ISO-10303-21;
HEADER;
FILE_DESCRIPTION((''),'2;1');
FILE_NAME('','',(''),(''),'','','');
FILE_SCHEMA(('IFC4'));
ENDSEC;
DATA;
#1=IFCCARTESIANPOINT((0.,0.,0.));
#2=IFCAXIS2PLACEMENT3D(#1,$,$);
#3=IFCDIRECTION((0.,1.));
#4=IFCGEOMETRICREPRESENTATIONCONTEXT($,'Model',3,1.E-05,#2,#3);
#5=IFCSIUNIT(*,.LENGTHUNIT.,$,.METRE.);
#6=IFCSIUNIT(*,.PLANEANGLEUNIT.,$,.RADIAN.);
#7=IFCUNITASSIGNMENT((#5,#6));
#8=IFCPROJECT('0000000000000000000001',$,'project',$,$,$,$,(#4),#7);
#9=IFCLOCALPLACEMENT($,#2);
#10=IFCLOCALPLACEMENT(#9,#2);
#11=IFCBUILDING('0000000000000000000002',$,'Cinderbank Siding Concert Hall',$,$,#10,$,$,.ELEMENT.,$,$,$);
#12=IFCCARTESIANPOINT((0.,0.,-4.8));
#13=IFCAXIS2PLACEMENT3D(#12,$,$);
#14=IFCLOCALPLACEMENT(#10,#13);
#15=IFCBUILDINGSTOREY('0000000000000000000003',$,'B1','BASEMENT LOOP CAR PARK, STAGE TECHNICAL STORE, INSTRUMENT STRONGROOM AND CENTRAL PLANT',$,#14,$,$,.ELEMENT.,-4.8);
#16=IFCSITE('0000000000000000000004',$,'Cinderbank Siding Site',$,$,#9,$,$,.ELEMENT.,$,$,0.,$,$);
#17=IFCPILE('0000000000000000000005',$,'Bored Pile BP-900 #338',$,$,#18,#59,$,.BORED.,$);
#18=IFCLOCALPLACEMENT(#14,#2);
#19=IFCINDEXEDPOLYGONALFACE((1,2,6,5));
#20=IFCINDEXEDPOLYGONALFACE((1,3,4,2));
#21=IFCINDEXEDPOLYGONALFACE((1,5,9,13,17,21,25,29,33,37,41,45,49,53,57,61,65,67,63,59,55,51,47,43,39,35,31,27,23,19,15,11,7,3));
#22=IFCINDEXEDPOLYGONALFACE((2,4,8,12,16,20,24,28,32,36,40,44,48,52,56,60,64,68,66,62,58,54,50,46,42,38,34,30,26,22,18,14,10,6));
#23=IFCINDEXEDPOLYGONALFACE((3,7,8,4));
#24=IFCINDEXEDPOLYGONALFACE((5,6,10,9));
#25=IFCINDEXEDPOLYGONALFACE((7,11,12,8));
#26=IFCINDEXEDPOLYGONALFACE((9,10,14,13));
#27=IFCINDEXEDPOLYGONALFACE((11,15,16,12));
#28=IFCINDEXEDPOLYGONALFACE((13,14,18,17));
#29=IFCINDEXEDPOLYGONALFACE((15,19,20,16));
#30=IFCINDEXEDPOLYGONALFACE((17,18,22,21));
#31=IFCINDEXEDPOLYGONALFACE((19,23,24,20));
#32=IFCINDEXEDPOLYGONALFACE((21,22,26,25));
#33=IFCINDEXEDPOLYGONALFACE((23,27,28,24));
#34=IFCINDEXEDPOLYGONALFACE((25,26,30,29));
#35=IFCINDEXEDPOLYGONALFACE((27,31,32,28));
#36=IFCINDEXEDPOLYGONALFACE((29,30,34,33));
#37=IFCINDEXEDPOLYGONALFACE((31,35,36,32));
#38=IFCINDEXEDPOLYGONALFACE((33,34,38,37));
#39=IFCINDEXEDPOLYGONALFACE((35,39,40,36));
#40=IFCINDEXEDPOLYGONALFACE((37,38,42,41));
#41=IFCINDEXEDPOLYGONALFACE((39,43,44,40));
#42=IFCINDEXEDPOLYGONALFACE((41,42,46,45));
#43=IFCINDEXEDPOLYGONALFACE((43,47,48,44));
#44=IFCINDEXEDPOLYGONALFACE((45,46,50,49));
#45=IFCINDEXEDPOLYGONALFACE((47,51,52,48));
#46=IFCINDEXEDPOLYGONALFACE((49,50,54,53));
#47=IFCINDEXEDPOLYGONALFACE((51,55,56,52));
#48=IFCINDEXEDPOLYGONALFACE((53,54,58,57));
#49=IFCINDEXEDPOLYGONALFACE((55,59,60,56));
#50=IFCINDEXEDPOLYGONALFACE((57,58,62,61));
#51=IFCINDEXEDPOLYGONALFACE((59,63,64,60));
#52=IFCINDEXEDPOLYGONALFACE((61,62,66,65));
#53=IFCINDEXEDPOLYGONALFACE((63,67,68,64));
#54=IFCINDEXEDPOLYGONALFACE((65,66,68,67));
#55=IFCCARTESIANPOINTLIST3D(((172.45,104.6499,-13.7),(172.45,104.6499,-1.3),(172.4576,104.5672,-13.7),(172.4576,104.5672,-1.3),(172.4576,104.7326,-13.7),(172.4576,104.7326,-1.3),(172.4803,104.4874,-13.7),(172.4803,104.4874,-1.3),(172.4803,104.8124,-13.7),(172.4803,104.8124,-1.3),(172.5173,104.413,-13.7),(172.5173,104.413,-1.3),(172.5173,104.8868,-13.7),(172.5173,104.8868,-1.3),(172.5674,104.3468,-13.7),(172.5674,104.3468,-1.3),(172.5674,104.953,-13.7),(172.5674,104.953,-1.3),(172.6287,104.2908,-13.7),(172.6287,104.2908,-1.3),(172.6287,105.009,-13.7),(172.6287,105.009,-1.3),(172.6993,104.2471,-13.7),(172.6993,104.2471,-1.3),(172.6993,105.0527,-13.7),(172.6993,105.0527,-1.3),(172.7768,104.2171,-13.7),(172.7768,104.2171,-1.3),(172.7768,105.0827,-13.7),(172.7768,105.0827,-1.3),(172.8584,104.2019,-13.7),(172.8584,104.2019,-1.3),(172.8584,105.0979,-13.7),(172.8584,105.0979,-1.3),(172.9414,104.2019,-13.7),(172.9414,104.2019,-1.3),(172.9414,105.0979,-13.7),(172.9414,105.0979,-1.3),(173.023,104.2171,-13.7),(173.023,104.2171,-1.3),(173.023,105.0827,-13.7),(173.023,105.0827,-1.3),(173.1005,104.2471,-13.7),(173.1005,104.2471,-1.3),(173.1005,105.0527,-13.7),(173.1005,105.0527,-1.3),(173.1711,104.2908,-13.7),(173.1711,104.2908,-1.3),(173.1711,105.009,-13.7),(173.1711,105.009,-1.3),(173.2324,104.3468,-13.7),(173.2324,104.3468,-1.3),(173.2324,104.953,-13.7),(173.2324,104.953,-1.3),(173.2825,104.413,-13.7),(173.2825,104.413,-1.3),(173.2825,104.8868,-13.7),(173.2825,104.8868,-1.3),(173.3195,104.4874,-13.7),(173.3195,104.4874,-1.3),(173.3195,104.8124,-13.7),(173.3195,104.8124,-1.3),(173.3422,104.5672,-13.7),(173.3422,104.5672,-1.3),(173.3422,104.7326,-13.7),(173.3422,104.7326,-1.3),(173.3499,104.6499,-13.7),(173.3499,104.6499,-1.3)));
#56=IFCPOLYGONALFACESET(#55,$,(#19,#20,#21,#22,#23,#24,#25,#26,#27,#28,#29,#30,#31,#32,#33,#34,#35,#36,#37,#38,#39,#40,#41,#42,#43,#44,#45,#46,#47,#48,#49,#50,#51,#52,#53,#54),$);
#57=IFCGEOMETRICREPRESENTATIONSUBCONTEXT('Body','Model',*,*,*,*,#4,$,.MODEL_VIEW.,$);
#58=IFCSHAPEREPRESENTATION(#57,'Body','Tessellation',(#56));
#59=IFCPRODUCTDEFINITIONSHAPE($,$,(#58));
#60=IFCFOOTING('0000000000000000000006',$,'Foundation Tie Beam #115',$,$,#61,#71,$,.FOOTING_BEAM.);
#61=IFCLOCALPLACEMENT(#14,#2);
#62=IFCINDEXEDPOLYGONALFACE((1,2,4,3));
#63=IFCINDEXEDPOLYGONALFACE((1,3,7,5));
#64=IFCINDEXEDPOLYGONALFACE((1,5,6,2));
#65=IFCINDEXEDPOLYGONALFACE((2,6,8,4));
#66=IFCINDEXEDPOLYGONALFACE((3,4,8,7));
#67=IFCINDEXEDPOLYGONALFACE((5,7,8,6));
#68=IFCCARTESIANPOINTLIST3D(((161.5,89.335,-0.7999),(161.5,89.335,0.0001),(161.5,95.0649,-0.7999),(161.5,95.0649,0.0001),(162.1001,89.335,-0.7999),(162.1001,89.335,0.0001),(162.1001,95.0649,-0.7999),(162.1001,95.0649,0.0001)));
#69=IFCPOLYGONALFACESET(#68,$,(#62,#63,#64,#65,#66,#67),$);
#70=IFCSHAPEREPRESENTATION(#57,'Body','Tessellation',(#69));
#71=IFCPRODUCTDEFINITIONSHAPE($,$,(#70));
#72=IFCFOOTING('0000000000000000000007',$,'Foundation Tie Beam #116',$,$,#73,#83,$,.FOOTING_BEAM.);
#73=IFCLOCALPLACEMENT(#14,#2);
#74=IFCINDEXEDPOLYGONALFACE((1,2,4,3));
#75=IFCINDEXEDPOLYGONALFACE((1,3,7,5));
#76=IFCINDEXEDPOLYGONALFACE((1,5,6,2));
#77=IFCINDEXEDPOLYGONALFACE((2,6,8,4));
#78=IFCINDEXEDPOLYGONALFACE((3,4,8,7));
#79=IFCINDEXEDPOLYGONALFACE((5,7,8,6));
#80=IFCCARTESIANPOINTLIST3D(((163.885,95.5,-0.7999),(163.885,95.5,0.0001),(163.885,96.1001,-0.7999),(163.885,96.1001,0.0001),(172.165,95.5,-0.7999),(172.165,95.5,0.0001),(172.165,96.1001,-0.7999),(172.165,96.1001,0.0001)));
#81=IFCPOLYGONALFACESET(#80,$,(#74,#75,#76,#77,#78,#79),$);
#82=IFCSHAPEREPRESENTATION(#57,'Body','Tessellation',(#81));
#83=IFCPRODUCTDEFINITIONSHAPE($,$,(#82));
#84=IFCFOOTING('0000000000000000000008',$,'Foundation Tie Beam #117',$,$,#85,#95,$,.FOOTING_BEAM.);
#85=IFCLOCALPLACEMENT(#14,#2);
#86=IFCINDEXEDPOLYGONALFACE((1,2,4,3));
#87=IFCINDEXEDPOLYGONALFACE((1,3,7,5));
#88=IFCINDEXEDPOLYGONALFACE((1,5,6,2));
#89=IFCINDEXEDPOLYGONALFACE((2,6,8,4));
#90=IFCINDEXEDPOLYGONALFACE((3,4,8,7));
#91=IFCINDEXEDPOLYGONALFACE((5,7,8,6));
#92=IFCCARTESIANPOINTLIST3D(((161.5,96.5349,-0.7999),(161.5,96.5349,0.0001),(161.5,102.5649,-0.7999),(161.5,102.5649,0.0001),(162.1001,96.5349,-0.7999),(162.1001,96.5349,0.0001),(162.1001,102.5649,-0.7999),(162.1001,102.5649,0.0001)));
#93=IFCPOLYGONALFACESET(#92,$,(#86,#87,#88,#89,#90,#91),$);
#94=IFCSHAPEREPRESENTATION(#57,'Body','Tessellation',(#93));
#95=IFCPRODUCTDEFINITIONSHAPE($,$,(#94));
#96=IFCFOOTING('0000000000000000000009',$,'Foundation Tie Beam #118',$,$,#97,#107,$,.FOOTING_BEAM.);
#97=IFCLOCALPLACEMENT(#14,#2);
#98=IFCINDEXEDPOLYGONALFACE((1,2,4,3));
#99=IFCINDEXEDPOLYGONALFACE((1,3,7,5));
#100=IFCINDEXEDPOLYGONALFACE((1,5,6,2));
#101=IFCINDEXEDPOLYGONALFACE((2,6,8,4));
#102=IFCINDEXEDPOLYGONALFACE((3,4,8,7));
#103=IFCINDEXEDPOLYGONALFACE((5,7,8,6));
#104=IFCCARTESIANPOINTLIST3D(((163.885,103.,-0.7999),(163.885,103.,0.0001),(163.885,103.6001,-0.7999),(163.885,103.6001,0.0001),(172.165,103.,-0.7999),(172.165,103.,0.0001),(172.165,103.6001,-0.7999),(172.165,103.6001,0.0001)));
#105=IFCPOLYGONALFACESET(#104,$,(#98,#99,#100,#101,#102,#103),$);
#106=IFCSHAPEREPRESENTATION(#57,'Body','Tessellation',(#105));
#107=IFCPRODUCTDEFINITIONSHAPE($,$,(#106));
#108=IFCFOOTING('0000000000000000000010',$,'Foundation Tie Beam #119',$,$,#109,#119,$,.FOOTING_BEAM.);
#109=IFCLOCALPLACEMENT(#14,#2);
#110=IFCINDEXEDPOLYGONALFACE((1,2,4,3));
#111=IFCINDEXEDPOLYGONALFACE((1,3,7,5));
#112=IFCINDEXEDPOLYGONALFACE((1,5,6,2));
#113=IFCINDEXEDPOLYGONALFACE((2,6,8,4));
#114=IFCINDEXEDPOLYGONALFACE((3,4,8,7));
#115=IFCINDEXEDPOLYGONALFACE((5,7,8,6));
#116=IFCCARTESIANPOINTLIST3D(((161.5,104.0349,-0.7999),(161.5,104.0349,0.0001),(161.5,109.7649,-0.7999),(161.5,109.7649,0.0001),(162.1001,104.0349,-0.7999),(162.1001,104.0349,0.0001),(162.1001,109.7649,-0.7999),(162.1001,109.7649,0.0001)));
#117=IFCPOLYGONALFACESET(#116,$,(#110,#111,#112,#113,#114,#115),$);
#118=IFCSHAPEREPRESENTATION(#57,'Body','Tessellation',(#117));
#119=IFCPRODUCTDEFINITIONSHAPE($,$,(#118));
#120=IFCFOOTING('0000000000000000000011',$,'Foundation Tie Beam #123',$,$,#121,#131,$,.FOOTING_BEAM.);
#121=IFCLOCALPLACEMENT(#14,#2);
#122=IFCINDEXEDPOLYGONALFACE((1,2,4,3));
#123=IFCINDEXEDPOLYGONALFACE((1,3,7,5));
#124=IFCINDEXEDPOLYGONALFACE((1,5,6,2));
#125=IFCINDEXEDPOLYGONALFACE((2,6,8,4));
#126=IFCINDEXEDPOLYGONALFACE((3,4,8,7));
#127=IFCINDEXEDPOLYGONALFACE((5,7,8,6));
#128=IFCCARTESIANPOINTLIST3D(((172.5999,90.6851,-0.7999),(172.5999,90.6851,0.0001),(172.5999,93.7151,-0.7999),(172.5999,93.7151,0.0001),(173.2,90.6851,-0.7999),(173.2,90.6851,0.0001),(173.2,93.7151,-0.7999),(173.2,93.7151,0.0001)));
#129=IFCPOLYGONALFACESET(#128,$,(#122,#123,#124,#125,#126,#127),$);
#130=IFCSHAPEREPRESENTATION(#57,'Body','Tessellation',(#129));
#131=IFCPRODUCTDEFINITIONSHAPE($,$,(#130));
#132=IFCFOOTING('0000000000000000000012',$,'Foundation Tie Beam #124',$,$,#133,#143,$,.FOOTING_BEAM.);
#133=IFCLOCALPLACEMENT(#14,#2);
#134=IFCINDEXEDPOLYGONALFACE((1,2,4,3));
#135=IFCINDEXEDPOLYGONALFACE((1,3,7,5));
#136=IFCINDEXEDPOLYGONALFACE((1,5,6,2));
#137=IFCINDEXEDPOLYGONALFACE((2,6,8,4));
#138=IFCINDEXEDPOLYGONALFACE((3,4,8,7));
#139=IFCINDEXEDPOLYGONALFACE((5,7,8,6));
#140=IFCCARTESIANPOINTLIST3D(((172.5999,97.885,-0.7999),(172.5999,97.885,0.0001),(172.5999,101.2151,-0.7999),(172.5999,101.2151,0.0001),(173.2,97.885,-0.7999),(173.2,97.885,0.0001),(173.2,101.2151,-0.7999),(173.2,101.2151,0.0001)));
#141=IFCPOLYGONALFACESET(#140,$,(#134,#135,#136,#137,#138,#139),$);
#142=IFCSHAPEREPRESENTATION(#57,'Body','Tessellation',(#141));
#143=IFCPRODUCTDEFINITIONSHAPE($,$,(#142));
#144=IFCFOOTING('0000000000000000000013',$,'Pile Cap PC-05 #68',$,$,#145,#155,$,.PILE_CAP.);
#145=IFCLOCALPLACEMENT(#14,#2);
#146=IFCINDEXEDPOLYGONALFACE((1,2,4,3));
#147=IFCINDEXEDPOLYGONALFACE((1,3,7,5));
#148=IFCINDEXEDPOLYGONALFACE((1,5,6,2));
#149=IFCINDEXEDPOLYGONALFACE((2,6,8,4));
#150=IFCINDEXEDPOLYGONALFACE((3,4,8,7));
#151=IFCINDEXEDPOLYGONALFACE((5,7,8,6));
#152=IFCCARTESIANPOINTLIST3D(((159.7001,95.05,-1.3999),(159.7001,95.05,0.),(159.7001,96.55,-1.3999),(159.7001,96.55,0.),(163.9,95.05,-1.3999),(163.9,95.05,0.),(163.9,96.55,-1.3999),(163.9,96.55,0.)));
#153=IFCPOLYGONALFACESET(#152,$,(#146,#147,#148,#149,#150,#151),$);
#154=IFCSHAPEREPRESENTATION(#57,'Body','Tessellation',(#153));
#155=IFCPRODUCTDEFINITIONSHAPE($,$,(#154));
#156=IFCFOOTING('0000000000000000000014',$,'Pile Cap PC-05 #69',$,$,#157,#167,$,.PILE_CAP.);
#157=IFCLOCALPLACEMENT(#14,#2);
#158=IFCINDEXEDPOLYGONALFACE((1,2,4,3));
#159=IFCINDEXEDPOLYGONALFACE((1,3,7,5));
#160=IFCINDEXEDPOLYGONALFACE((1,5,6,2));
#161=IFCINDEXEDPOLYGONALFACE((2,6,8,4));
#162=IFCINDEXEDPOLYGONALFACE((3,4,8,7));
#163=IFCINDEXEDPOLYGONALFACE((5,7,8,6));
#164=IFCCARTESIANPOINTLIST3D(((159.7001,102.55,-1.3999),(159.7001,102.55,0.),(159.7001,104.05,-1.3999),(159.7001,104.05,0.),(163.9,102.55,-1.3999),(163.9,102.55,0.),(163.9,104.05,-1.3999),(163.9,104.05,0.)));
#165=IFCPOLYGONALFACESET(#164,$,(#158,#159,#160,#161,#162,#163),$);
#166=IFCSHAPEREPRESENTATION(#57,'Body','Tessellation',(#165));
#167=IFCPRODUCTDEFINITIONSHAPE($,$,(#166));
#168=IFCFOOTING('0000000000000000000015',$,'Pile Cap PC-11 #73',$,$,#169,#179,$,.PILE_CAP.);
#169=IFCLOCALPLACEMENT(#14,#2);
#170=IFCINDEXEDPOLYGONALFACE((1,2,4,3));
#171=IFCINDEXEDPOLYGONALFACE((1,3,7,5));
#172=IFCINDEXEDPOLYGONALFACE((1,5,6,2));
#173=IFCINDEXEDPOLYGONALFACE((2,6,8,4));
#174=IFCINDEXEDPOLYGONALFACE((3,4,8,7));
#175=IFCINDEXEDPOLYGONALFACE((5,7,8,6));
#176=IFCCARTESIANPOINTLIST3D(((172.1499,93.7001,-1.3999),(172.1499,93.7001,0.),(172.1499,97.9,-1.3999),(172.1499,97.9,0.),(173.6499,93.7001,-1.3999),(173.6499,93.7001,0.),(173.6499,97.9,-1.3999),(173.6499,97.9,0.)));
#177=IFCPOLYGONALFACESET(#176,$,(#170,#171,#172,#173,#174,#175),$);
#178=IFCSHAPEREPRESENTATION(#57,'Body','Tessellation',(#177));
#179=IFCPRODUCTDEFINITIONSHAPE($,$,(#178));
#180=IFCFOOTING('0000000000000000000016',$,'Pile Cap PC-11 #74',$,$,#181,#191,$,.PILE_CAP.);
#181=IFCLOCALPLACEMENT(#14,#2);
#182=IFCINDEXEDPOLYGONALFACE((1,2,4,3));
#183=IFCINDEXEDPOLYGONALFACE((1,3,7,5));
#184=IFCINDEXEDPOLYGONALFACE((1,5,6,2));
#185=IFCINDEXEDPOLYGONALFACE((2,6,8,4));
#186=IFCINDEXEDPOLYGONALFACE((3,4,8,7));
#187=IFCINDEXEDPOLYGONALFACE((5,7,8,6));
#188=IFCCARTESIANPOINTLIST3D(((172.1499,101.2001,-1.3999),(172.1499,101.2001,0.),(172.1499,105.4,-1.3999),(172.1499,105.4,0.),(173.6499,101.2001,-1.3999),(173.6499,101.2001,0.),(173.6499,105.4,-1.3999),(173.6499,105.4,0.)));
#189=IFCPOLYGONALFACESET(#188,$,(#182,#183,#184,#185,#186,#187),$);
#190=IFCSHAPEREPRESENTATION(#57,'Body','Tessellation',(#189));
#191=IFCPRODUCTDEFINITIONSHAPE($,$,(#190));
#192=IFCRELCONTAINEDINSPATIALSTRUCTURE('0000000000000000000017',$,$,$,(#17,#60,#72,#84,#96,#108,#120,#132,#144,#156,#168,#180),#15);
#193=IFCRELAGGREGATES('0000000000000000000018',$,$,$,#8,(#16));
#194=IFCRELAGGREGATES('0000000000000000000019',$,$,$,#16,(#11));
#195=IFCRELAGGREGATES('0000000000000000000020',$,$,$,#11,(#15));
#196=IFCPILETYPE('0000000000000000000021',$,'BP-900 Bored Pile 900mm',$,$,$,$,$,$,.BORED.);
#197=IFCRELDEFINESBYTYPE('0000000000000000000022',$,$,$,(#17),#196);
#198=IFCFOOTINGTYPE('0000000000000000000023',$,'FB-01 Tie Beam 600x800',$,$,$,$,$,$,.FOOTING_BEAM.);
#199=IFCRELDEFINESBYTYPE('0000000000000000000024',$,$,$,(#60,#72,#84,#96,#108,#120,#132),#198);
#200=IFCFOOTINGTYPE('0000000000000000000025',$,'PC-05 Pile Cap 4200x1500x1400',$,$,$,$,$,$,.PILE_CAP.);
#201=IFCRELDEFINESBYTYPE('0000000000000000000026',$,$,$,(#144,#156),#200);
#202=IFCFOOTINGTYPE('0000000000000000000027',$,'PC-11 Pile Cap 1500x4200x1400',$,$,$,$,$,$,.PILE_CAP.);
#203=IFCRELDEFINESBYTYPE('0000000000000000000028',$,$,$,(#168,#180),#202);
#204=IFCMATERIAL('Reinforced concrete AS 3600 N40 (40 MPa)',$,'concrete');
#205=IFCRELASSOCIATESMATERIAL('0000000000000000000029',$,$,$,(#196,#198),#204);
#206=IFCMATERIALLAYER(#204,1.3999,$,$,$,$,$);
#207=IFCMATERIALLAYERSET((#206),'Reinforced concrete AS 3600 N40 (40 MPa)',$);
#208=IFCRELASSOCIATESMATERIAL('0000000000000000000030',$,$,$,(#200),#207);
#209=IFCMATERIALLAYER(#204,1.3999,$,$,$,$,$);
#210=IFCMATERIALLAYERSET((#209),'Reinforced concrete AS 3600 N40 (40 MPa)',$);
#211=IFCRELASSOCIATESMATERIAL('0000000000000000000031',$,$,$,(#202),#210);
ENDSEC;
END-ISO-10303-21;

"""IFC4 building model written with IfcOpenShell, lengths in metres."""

from ifc_helpers import new_model, si_unit, direction, frame, origin, origin_2d, place, context, subcontext, project, spatial, rectangle, circle, extrude, material, layer, layer_set, material_profile, profile_set, type_object, element, save


model = new_model("IFC4")

# Units and contexts
model_context = context("Model", 3, precision=1e-05, world=origin(), true_north=direction((0.0, 1.0)))
body_context = subcontext(model_context, "Body", "Model", "MODEL_VIEW")
ifc_project = project(units=[si_unit("LENGTHUNIT", "METRE"), si_unit("PLANEANGLEUNIT", "RADIAN")], contexts=[model_context])

# Site, building, storey
site_placement = place(None, origin())
site = spatial("IfcSite", under=ifc_project, at=site_placement, Name="Cinderbank Siding Site", CompositionType="ELEMENT", RefElevation=0.0)
building_placement = place(site_placement, origin())
building = spatial("IfcBuilding", under=site, at=building_placement, Name="Cinderbank Siding Concert Hall", CompositionType="ELEMENT")
storey_placement = place(building_placement, frame((0.0, 0.0, -4.8)))
storey = spatial("IfcBuildingStorey", under=building, at=storey_placement, Name="B1", Description="BASEMENT LOOP CAR PARK, STAGE TECHNICAL STORE, INSTRUMENT STRONGROOM AND CENTRAL PLANT", CompositionType="ELEMENT", Elevation=-4.8)

# Pile
ifc_material_1 = material(Name="Reinforced concrete AS 3600 N40 (40 MPa)", Category="concrete")
ifc_material_profile_1 = material_profile(ifc_material_1, circle(Radius=0.45, at=origin_2d()), Name="PILE-900DIA", Category="LoadBearing")
ifc_profile_set_1 = profile_set([ifc_material_profile_1], Name="Reinforced concrete AS 3600 N40 (40 MPa)")
pile_type = type_object("IfcPileType", Name="BP-900 Bored Pile 900mm", PredefinedType="BORED", material=ifc_profile_set_1)
for number, where, z_axis, x_axis, name in (
    (1, (172.8999, 104.6499, -1.3), (0.0, 0.0, -1.0), (1.0, 0.0, 0.0), "Bored Pile BP-900 #338"),
):
    element("IfcPile", number, at=place(storey_placement, frame(where, z_axis=z_axis, x_axis=x_axis)), inside=storey, type_object=pile_type, Name=name, PredefinedType="BORED", context=body_context, shape_type="SweptSolid", body=[
        extrude(circle(Radius=0.45, at=origin_2d()), origin(), (0.0, 0.0, 1.0), 12.3999),
    ])

# Footings
ifc_material_profile_2 = material_profile(ifc_material_1, rectangle(XDim=0.6001, YDim=0.8, at=origin_2d()), Name="RC-FB-600x800", Category="LoadBearing")
ifc_profile_set_2 = profile_set([ifc_material_profile_2], Name="Reinforced concrete AS 3600 N40 (40 MPa)")
footing_type_1 = type_object("IfcFootingType", Name="FB-01 Tie Beam 600x800", PredefinedType="FOOTING_BEAM", material=ifc_profile_set_2)
footing_1_placement = place(storey_placement, frame((161.8, 89.335, -0.3999), z_axis=(0.0, 1.0, 0.0), x_axis=(-1.0, 0.0, 0.0)))
element("IfcFooting", 2, at=footing_1_placement, inside=storey, type_object=footing_type_1, Name="Foundation Tie Beam #115", PredefinedType="FOOTING_BEAM", context=body_context, shape_type="SweptSolid", body=[
    extrude(rectangle(XDim=0.6001, YDim=0.8, at=origin_2d()), origin(), (0.0, 0.0, 1.0), 5.73),
])
footing_2_placement = place(storey_placement, frame((163.885, 95.8, -0.3999), z_axis=(1.0, 0.0, 0.0), x_axis=(0.0, 1.0, 0.0)))
element("IfcFooting", 3, at=footing_2_placement, inside=storey, type_object=footing_type_1, Name="Foundation Tie Beam #116", PredefinedType="FOOTING_BEAM", context=body_context, shape_type="SweptSolid", body=[
    extrude(rectangle(XDim=0.6001, YDim=0.8, at=origin_2d()), origin(), (0.0, 0.0, 1.0), 8.28),
])
footing_3_placement = place(storey_placement, frame((161.8, 96.5349, -0.3999), z_axis=(0.0, 1.0, 0.0), x_axis=(-1.0, 0.0, 0.0)))
element("IfcFooting", 4, at=footing_3_placement, inside=storey, type_object=footing_type_1, Name="Foundation Tie Beam #117", PredefinedType="FOOTING_BEAM", context=body_context, shape_type="SweptSolid", body=[
    extrude(rectangle(XDim=0.6001, YDim=0.8, at=origin_2d()), origin(), (0.0, 0.0, 1.0), 6.03),
])
footing_4_placement = place(storey_placement, frame((163.885, 103.3, -0.3999), z_axis=(1.0, 0.0, 0.0), x_axis=(0.0, 1.0, 0.0)))
element("IfcFooting", 5, at=footing_4_placement, inside=storey, type_object=footing_type_1, Name="Foundation Tie Beam #118", PredefinedType="FOOTING_BEAM", context=body_context, shape_type="SweptSolid", body=[
    extrude(rectangle(XDim=0.6001, YDim=0.8, at=origin_2d()), origin(), (0.0, 0.0, 1.0), 8.28),
])
footing_5_placement = place(storey_placement, frame((161.8, 104.0349, -0.3999), z_axis=(0.0, 1.0, 0.0), x_axis=(-1.0, 0.0, 0.0)))
element("IfcFooting", 6, at=footing_5_placement, inside=storey, type_object=footing_type_1, Name="Foundation Tie Beam #119", PredefinedType="FOOTING_BEAM", context=body_context, shape_type="SweptSolid", body=[
    extrude(rectangle(XDim=0.6001, YDim=0.8, at=origin_2d()), origin(), (0.0, 0.0, 1.0), 5.73),
])
footing_6_placement = place(storey_placement, frame((172.8999, 90.6851, -0.3999), z_axis=(0.0, 1.0, 0.0), x_axis=(-1.0, 0.0, 0.0)))
element("IfcFooting", 7, at=footing_6_placement, inside=storey, type_object=footing_type_1, Name="Foundation Tie Beam #123", PredefinedType="FOOTING_BEAM", context=body_context, shape_type="SweptSolid", body=[
    extrude(rectangle(XDim=0.6001, YDim=0.8, at=origin_2d()), origin(), (0.0, 0.0, 1.0), 3.03),
])
footing_7_placement = place(storey_placement, frame((172.8999, 97.885, -0.3999), z_axis=(0.0, 1.0, 0.0), x_axis=(-1.0, 0.0, 0.0)))
element("IfcFooting", 8, at=footing_7_placement, inside=storey, type_object=footing_type_1, Name="Foundation Tie Beam #124", PredefinedType="FOOTING_BEAM", context=body_context, shape_type="SweptSolid", body=[
    extrude(rectangle(XDim=0.6001, YDim=0.8, at=origin_2d()), origin(), (0.0, 0.0, 1.0), 3.3301),
])
ifc_layer_1 = layer(ifc_material_1, 1.3999)
ifc_layer_set_1 = layer_set([ifc_layer_1], Name="Reinforced concrete AS 3600 N40 (40 MPa)")
footing_type_2 = type_object("IfcFootingType", Name="PC-05 Pile Cap 4200x1500x1400", PredefinedType="PILE_CAP", material=ifc_layer_set_1)
for number, where, z_axis, x_axis, name in (
    (9, (161.8, 95.8, -1.3999), (0.0, 0.0, 1.0), (1.0, 0.0, 0.0), "Pile Cap PC-05 #68"),
    (10, (161.8, 103.3, -1.3999), (0.0, 0.0, 1.0), (1.0, 0.0, 0.0), "Pile Cap PC-05 #69"),
):
    element("IfcFooting", number, at=place(storey_placement, frame(where, z_axis=z_axis, x_axis=x_axis)), inside=storey, type_object=footing_type_2, Name=name, PredefinedType="PILE_CAP", context=body_context, shape_type="SweptSolid", body=[
        extrude(rectangle(XDim=4.2, YDim=1.5, at=origin_2d()), origin(), (0.0, 0.0, 1.0), 1.3999),
    ])
ifc_layer_2 = layer(ifc_material_1, 1.3999)
ifc_layer_set_2 = layer_set([ifc_layer_2], Name="Reinforced concrete AS 3600 N40 (40 MPa)")
footing_type_3 = type_object("IfcFootingType", Name="PC-11 Pile Cap 1500x4200x1400", PredefinedType="PILE_CAP", material=ifc_layer_set_2)
for number, where, z_axis, x_axis, name in (
    (11, (172.8999, 95.8, -1.3999), (0.0, 0.0, 1.0), (1.0, 0.0, 0.0), "Pile Cap PC-11 #73"),
    (12, (172.8999, 103.3, -1.3999), (0.0, 0.0, 1.0), (1.0, 0.0, 0.0), "Pile Cap PC-11 #74"),
):
    element("IfcFooting", number, at=place(storey_placement, frame(where, z_axis=z_axis, x_axis=x_axis)), inside=storey, type_object=footing_type_3, Name=name, PredefinedType="PILE_CAP", context=body_context, shape_type="SweptSolid", body=[
        extrude(rectangle(XDim=1.5, YDim=4.2, at=origin_2d()), origin(), (0.0, 0.0, 1.0), 1.3999),
    ])

save(model, "model.ifc")
